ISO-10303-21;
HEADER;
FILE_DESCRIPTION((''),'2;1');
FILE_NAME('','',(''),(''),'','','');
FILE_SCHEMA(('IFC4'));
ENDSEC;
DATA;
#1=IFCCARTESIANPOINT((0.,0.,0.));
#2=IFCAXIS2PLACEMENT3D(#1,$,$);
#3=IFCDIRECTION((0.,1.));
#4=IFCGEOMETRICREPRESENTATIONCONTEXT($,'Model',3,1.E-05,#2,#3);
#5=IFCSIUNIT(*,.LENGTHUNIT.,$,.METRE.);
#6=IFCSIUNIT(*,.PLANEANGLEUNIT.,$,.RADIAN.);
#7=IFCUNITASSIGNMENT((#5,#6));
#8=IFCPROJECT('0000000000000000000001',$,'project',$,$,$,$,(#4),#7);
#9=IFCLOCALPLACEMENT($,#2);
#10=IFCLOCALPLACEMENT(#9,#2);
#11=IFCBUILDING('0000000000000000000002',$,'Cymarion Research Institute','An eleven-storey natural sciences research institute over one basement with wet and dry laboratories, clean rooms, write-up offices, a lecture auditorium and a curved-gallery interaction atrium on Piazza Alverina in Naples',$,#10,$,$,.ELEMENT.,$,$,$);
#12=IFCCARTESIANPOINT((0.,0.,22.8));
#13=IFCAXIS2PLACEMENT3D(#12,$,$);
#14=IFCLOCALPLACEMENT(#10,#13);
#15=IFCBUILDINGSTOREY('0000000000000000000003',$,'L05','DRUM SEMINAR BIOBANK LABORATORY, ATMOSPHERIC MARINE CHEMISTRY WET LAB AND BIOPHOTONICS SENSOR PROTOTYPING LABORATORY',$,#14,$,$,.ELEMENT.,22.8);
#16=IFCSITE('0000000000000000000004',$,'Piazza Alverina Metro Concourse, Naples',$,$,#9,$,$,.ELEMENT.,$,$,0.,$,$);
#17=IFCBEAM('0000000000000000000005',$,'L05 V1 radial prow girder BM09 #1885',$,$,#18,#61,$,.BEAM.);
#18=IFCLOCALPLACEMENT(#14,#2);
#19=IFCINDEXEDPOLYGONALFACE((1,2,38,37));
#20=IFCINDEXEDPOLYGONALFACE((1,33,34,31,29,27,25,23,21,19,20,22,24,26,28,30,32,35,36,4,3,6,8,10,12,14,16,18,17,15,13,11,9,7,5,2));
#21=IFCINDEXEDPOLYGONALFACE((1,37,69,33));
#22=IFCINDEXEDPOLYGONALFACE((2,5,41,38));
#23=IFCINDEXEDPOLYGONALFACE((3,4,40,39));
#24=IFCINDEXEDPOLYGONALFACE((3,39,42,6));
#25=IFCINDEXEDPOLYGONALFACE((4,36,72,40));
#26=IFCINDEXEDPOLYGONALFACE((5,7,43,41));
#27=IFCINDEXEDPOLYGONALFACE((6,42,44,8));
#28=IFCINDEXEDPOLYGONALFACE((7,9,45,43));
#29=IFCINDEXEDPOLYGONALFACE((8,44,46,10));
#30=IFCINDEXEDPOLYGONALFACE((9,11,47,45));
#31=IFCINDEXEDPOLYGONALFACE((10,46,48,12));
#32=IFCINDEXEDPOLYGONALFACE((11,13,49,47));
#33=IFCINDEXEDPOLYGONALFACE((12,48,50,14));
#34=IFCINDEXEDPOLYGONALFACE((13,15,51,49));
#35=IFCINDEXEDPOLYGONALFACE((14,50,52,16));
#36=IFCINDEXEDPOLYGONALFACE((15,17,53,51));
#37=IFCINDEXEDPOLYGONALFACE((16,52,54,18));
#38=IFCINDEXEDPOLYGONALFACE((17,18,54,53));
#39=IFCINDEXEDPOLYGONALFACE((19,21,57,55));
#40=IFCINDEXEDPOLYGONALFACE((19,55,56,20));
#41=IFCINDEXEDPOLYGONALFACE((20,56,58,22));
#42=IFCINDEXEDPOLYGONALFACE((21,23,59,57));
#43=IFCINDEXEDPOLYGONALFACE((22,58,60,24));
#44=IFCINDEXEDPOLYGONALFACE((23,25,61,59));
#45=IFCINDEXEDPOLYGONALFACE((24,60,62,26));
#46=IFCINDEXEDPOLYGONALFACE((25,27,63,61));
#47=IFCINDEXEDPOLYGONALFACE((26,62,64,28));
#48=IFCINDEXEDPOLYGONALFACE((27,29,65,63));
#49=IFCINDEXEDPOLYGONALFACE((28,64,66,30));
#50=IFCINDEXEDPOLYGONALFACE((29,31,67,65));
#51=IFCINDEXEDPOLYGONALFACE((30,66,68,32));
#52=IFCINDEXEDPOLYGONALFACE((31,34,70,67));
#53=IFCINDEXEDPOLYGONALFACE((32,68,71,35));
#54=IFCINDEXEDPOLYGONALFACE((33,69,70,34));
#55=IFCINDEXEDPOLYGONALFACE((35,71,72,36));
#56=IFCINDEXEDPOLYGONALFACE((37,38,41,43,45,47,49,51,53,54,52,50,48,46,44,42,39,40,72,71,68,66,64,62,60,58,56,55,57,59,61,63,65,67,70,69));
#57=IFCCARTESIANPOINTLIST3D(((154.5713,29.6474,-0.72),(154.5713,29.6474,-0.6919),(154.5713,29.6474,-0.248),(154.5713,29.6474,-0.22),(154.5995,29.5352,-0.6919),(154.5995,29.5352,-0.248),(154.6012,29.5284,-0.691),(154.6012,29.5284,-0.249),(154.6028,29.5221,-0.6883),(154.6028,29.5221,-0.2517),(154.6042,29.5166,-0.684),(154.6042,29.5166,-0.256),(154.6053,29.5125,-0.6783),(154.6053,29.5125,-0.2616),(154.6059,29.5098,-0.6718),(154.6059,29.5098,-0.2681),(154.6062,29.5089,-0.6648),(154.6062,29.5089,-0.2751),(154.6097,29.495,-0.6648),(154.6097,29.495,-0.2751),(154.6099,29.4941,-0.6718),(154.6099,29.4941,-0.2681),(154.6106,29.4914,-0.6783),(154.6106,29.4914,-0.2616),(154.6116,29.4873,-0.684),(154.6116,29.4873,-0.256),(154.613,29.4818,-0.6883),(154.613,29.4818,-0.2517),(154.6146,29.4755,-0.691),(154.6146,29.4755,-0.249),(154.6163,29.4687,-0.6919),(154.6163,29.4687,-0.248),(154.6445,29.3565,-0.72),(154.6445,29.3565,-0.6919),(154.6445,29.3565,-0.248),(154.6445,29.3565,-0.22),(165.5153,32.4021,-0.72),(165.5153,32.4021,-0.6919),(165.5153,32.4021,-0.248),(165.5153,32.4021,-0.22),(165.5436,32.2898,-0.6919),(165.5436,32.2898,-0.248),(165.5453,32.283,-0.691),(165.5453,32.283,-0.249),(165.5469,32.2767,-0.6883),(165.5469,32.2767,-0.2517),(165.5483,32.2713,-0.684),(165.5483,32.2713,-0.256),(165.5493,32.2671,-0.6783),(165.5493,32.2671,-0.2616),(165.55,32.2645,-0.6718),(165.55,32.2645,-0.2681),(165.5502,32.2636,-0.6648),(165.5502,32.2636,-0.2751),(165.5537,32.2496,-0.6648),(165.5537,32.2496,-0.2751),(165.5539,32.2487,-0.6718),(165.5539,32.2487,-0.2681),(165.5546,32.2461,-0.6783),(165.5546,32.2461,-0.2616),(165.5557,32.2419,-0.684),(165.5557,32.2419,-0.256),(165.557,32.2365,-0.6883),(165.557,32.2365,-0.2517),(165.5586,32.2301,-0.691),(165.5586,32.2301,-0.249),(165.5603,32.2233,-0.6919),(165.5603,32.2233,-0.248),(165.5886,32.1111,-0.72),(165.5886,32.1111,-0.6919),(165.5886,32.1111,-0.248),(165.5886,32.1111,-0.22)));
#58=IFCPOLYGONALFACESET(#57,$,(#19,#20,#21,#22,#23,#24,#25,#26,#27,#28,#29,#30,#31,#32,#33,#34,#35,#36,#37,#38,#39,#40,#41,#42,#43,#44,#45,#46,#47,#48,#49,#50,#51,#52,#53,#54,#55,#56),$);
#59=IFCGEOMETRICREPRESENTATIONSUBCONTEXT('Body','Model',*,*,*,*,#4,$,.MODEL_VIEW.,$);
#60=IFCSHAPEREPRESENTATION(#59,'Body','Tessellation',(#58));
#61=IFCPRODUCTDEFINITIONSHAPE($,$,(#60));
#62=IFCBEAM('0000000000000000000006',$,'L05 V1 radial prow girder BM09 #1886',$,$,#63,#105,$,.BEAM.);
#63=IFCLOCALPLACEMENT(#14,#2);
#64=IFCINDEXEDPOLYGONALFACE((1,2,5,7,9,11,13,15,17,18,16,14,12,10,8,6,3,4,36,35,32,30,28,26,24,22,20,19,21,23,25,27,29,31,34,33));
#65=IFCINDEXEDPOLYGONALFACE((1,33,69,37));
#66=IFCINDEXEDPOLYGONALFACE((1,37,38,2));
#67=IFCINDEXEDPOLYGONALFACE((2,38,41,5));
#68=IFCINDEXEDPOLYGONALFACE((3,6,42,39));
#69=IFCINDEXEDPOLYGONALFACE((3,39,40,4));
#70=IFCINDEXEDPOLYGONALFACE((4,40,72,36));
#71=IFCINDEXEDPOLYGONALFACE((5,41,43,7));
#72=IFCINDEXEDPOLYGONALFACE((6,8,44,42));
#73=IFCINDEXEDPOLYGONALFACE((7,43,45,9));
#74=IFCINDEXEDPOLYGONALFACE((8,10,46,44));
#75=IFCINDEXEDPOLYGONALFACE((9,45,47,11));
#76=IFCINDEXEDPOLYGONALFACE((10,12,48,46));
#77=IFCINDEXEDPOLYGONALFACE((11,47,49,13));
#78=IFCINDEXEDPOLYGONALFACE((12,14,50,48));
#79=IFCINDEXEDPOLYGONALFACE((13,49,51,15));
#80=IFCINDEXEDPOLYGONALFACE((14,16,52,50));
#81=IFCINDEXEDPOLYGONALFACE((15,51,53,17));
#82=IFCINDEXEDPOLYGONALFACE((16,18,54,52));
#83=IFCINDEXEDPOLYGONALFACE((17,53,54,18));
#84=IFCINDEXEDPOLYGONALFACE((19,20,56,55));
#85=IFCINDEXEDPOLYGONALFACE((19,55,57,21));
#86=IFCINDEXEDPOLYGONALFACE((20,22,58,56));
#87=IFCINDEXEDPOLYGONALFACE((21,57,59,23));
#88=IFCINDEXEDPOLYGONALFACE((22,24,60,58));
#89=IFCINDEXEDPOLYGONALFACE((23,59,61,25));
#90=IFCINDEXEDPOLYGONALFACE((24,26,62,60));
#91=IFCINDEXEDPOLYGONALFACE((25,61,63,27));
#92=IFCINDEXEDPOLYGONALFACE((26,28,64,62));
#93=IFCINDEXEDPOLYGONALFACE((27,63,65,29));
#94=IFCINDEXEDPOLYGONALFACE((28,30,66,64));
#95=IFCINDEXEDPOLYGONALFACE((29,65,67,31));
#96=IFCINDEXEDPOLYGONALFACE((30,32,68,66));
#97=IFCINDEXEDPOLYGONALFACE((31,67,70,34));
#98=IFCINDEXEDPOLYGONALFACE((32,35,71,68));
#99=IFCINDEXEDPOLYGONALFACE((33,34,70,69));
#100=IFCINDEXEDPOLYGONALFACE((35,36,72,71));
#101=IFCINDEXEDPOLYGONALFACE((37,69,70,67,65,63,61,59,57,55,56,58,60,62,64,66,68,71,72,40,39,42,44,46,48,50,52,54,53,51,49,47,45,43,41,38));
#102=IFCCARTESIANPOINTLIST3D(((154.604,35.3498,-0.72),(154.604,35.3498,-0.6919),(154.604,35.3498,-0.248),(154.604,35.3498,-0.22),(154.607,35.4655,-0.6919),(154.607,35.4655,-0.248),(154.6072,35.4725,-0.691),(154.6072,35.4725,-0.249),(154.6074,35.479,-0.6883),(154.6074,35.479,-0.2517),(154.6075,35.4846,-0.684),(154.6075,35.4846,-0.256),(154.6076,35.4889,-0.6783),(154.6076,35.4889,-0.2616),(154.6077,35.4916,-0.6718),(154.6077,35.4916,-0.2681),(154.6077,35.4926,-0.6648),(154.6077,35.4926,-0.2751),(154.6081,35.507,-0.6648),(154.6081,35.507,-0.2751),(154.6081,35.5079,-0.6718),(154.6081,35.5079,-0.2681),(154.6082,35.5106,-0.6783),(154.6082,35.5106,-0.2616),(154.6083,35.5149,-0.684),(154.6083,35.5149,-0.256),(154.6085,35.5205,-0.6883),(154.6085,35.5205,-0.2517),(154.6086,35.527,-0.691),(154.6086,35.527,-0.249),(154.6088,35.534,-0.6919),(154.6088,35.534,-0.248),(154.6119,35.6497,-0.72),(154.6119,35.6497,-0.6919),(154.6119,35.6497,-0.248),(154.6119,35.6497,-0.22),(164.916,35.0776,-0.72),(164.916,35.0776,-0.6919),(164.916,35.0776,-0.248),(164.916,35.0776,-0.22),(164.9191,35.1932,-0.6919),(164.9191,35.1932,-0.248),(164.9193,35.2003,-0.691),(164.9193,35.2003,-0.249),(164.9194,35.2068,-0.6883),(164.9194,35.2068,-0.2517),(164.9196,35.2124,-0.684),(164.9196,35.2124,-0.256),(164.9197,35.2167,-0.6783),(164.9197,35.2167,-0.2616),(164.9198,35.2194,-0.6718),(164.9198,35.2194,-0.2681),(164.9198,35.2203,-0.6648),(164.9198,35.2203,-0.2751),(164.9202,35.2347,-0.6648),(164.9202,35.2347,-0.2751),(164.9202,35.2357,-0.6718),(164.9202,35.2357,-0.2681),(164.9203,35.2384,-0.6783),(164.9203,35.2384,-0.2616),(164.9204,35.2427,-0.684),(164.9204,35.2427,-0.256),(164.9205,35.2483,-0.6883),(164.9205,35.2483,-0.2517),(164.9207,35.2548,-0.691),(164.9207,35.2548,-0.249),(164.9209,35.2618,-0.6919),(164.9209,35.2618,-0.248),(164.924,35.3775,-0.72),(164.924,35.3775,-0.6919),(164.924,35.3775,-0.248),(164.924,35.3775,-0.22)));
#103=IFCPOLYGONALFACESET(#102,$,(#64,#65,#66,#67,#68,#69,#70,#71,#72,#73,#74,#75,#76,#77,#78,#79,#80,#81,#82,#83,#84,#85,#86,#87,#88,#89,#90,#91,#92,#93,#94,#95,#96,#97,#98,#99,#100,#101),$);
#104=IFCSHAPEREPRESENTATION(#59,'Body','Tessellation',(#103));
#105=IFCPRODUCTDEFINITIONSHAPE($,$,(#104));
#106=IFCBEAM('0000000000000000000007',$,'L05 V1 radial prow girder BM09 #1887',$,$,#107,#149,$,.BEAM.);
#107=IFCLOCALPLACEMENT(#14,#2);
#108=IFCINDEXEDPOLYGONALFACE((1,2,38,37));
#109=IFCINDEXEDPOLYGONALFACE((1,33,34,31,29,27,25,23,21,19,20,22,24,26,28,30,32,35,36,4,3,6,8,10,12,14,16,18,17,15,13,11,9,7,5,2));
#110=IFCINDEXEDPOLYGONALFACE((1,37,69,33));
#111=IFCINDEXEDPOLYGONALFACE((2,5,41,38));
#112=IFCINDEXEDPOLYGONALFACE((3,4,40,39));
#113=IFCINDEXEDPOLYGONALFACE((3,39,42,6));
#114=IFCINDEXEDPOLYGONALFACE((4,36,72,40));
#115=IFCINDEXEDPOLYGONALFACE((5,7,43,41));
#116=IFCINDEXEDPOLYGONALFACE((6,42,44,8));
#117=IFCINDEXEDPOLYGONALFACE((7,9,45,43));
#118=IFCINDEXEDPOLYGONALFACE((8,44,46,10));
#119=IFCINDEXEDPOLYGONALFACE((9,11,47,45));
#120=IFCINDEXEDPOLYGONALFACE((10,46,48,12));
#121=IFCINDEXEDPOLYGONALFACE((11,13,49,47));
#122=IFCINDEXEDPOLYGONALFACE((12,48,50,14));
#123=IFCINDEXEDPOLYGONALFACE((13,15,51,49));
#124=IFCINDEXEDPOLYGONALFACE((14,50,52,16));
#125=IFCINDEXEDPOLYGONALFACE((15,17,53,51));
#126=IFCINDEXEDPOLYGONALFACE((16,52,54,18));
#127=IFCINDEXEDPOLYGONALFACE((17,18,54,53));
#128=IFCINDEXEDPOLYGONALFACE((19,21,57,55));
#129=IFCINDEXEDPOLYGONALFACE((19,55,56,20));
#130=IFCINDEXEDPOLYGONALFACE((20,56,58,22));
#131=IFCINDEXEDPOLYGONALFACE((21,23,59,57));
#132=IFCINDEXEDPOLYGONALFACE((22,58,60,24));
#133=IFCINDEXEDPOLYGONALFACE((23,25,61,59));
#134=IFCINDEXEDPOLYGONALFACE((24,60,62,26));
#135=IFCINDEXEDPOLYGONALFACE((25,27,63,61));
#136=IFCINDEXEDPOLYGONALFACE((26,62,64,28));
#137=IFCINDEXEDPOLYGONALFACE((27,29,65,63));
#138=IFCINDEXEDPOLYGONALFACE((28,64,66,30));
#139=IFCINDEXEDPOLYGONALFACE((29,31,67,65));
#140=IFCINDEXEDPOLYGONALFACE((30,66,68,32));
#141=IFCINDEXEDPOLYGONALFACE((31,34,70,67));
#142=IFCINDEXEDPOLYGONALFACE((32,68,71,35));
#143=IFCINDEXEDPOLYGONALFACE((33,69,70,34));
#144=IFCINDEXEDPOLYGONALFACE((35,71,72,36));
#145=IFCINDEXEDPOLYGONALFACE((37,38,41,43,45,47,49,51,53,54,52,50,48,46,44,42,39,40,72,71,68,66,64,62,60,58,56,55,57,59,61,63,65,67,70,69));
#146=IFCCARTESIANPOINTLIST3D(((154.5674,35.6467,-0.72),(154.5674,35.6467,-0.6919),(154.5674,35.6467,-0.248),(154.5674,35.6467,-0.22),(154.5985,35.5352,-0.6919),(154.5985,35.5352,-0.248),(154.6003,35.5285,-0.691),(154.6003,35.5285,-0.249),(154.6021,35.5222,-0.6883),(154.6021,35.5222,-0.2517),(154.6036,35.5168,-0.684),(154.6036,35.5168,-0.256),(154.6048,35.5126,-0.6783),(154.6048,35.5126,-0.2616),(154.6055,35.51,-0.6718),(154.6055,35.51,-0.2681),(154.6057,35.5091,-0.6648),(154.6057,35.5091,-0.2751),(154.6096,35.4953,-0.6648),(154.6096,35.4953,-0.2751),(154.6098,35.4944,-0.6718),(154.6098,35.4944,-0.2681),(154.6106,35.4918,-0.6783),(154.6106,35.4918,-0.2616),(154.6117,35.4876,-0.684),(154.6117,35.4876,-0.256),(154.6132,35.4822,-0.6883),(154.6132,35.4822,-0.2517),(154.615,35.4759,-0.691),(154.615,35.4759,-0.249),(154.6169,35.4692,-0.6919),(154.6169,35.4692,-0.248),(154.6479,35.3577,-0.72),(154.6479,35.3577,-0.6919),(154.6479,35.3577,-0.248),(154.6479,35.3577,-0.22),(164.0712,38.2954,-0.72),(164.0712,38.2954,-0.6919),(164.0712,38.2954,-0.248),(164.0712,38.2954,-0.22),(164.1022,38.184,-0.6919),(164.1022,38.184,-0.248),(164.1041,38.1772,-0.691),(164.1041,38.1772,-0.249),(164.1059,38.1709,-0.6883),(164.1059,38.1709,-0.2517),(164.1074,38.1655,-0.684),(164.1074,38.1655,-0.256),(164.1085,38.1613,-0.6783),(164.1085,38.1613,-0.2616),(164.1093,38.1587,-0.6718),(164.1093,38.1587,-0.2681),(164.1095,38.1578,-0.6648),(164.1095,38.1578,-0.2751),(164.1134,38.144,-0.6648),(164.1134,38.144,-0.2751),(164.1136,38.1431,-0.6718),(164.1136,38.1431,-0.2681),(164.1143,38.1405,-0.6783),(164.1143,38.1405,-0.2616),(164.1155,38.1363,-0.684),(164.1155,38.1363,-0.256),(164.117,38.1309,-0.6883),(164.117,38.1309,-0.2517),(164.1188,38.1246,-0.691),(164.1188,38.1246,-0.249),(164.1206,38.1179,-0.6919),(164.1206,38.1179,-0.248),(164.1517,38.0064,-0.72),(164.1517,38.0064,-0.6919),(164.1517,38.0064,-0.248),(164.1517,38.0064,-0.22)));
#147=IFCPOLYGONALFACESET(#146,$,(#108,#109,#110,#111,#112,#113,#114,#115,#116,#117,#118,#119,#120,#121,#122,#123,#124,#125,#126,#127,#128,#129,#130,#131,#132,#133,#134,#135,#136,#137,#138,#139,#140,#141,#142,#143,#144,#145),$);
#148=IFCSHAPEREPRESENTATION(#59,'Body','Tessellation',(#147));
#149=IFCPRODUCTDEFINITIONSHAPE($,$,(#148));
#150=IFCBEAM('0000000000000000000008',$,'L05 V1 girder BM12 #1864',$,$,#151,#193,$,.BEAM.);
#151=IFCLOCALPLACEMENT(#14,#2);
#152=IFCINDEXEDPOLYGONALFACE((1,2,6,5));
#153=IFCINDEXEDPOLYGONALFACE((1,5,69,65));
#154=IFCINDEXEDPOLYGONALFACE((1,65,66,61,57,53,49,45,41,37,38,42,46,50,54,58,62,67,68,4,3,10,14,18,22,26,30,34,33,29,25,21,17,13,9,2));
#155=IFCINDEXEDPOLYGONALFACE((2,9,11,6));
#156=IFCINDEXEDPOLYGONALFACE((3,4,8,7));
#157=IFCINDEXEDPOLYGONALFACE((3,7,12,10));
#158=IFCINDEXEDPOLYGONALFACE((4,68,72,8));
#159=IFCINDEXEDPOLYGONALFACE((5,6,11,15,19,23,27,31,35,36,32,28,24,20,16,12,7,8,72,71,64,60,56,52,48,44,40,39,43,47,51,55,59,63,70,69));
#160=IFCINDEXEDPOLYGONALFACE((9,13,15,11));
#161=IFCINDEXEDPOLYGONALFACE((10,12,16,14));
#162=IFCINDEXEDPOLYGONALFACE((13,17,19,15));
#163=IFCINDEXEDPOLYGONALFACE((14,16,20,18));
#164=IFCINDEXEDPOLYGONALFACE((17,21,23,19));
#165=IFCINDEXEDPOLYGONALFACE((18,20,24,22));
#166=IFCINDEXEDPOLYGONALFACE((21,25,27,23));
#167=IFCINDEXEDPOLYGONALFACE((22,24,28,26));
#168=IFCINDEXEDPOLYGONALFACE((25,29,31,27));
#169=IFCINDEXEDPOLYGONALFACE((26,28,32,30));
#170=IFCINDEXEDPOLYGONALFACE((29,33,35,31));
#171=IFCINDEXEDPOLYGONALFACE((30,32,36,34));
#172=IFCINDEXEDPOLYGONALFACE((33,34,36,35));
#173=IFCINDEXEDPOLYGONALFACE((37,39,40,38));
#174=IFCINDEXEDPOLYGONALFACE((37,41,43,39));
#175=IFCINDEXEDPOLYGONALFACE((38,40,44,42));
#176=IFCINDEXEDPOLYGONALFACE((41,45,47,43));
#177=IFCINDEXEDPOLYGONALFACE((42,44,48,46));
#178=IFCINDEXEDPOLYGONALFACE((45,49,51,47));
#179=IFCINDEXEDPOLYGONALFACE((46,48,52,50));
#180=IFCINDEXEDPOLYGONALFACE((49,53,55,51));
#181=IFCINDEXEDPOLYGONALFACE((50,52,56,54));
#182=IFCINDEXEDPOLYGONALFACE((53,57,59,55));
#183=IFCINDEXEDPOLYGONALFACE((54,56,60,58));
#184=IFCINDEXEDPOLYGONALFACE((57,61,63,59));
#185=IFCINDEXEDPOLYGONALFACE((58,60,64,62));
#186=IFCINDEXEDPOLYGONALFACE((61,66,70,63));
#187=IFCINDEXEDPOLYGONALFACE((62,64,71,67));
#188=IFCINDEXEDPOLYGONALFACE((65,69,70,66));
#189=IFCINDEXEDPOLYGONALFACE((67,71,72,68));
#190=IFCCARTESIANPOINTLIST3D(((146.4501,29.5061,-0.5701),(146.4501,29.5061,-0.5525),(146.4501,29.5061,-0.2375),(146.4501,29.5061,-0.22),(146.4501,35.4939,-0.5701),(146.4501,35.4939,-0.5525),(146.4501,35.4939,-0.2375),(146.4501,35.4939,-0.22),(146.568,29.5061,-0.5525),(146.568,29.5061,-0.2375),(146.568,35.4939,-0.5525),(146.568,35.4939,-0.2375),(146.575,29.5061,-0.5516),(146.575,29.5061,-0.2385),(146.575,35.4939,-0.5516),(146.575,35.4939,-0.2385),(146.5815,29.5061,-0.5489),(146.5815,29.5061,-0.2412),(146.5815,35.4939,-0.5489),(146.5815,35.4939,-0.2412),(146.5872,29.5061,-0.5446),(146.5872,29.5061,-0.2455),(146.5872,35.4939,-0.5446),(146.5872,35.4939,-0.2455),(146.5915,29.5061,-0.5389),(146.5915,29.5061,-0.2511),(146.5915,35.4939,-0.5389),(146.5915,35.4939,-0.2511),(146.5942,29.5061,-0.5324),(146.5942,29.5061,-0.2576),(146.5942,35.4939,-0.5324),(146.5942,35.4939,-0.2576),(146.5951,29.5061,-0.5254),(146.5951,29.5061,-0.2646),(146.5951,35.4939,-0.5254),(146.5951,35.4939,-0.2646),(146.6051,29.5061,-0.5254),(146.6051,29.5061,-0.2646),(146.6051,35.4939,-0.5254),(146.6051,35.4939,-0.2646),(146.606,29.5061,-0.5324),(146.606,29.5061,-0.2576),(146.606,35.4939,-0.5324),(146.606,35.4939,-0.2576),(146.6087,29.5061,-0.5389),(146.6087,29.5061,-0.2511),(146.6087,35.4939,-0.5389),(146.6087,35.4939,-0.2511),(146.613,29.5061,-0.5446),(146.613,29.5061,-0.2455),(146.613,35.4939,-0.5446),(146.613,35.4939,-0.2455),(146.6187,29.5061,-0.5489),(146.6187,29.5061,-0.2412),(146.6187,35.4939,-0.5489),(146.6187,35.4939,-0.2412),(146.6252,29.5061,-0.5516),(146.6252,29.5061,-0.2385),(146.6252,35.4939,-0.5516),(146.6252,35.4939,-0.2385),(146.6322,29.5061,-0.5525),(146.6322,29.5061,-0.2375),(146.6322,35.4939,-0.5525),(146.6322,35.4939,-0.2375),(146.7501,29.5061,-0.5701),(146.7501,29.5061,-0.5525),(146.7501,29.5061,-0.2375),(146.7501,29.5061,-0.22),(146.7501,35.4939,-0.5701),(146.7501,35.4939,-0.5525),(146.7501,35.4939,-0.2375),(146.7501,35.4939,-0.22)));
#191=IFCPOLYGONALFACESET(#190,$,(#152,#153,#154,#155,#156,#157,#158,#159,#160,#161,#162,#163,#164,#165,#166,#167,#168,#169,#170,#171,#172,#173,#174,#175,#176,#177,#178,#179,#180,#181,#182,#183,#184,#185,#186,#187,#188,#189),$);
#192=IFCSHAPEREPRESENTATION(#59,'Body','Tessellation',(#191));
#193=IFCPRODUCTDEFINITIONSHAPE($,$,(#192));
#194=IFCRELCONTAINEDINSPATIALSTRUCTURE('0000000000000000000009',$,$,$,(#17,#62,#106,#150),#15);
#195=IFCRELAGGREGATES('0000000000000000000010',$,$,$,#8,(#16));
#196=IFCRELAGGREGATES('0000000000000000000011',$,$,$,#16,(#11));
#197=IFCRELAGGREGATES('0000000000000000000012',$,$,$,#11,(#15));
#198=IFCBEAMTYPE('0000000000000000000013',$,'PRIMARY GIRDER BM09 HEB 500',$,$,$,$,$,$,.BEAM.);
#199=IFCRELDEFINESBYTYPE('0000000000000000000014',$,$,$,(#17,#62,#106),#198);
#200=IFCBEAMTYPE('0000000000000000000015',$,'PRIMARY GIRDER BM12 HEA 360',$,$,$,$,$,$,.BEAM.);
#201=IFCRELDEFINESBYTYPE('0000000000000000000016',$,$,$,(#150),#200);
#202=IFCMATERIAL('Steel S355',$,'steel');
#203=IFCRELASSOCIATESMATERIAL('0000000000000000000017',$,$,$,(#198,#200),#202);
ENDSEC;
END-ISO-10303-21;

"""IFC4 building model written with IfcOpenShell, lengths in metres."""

from ifc_helpers import new_model, si_unit, direction, frame, origin, origin_2d, place, context, subcontext, project, spatial, i_section, extrude, material, material_profile, profile_set, type_object, element, save


model = new_model("IFC4")

# Units and contexts
model_context = context("Model", 3, precision=1e-05, world=origin(), true_north=direction((0.0, 1.0)))
body_context = subcontext(model_context, "Body", "Model", "MODEL_VIEW")
ifc_project = project(units=[si_unit("LENGTHUNIT", "METRE"), si_unit("PLANEANGLEUNIT", "RADIAN")], contexts=[model_context])

# Site, building, storey
site_placement = place(None, origin())
site = spatial("IfcSite", under=ifc_project, at=site_placement, Name="Piazza Alverina Metro Concourse, Naples", CompositionType="ELEMENT", RefElevation=0.0)
building_placement = place(site_placement, origin())
building = spatial("IfcBuilding", under=site, at=building_placement, Name="Cymarion Research Institute", Description="An eleven-storey natural sciences research institute over one basement with wet and dry laboratories, clean rooms, write-up offices, a lecture auditorium and a curved-gallery interaction atrium on Piazza Alverina in Naples", CompositionType="ELEMENT")
storey_placement = place(building_placement, frame((0.0, 0.0, 22.8)))
storey = spatial("IfcBuildingStorey", under=building, at=storey_placement, Name="L05", Description="DRUM SEMINAR BIOBANK LABORATORY, ATMOSPHERIC MARINE CHEMISTRY WET LAB AND BIOPHOTONICS SENSOR PROTOTYPING LABORATORY", CompositionType="ELEMENT", Elevation=22.8)

# Shared definitions
ifc_material_1 = material(Name="Steel S355", Category="steel")

# Beams
ifc_material_profile_1 = material_profile(ifc_material_1, i_section(OverallWidth=0.3, OverallDepth=0.5, WebThickness=0.0144, FlangeThickness=0.0281, FilletRadius=0.0271, at=origin_2d()), Name="HEB 500")
ifc_profile_set_1 = profile_set([ifc_material_profile_1], Name="Steel S355")
beam_type_1 = type_object("IfcBeamType", Name="PRIMARY GIRDER BM09 HEB 500", PredefinedType="BEAM", material=ifc_profile_set_1)
beam_1_placement = place(storey_placement, frame((154.6079, 29.502, -0.47), z_axis=(0.969753, 0.244088, 0.0), x_axis=(-0.244088, 0.969753, 0.0)))
element("IfcBeam", 1, at=beam_1_placement, inside=storey, type_object=beam_type_1, Name="L05 V1 radial prow girder BM09 #1885", PredefinedType="BEAM", context=body_context, shape_type="SweptSolid", body=[
    extrude(i_section(OverallWidth=0.3, OverallDepth=0.5, WebThickness=0.0144, FlangeThickness=0.0281, FilletRadius=0.0271, at=origin_2d()), origin(), (0.0, 0.0, 1.0), 11.2854),
])
beam_2_placement = place(storey_placement, frame((154.6079, 35.4998, -0.47), z_axis=(0.999652, -0.026389, 0.0), x_axis=(0.026389, 0.999652, 0.0)))
element("IfcBeam", 2, at=beam_2_placement, inside=storey, type_object=beam_type_1, Name="L05 V1 radial prow girder BM09 #1886", PredefinedType="BEAM", context=body_context, shape_type="SweptSolid", body=[
    extrude(i_section(OverallWidth=0.3, OverallDepth=0.5, WebThickness=0.0144, FlangeThickness=0.0281, FilletRadius=0.0271, at=origin_2d()), origin(), (0.0, 0.0, 1.0), 10.3157),
])
beam_3_placement = place(storey_placement, frame((154.6077, 35.5022, -0.47), z_axis=(0.963288, 0.26847, 0.0), x_axis=(-0.26847, 0.963288, 0.0)))
element("IfcBeam", 3, at=beam_3_placement, inside=storey, type_object=beam_type_1, Name="L05 V1 radial prow girder BM09 #1887", PredefinedType="BEAM", context=body_context, shape_type="SweptSolid", body=[
    extrude(i_section(OverallWidth=0.3, OverallDepth=0.5, WebThickness=0.0144, FlangeThickness=0.0281, FilletRadius=0.0271, at=origin_2d()), origin(), (0.0, 0.0, 1.0), 9.866),
])
ifc_material_profile_2 = material_profile(ifc_material_1, i_section(OverallWidth=0.3, OverallDepth=0.3501, WebThickness=0.01, FlangeThickness=0.0176, FilletRadius=0.0271, at=origin_2d()), Name="HEA 360")
ifc_profile_set_2 = profile_set([ifc_material_profile_2], Name="Steel S355")
beam_type_2 = type_object("IfcBeamType", Name="PRIMARY GIRDER BM12 HEA 360", PredefinedType="BEAM", material=ifc_profile_set_2)
for number, where, z_axis, x_axis, name in (
    (4, (146.6001, 29.5061, -0.395), (0.0, 1.0, 0.0), (-1.0, 0.0, 0.0), "L05 V1 girder BM12 #1864"),
):
    element("IfcBeam", number, at=place(storey_placement, frame(where, z_axis=z_axis, x_axis=x_axis)), inside=storey, type_object=beam_type_2, Name=name, PredefinedType="BEAM", context=body_context, shape_type="SweptSolid", body=[
        extrude(i_section(OverallWidth=0.3, OverallDepth=0.3501, WebThickness=0.01, FlangeThickness=0.0176, FilletRadius=0.0271, at=origin_2d()), origin(), (0.0, 0.0, 1.0), 5.9878),
    ])

save(model, "model.ifc")
